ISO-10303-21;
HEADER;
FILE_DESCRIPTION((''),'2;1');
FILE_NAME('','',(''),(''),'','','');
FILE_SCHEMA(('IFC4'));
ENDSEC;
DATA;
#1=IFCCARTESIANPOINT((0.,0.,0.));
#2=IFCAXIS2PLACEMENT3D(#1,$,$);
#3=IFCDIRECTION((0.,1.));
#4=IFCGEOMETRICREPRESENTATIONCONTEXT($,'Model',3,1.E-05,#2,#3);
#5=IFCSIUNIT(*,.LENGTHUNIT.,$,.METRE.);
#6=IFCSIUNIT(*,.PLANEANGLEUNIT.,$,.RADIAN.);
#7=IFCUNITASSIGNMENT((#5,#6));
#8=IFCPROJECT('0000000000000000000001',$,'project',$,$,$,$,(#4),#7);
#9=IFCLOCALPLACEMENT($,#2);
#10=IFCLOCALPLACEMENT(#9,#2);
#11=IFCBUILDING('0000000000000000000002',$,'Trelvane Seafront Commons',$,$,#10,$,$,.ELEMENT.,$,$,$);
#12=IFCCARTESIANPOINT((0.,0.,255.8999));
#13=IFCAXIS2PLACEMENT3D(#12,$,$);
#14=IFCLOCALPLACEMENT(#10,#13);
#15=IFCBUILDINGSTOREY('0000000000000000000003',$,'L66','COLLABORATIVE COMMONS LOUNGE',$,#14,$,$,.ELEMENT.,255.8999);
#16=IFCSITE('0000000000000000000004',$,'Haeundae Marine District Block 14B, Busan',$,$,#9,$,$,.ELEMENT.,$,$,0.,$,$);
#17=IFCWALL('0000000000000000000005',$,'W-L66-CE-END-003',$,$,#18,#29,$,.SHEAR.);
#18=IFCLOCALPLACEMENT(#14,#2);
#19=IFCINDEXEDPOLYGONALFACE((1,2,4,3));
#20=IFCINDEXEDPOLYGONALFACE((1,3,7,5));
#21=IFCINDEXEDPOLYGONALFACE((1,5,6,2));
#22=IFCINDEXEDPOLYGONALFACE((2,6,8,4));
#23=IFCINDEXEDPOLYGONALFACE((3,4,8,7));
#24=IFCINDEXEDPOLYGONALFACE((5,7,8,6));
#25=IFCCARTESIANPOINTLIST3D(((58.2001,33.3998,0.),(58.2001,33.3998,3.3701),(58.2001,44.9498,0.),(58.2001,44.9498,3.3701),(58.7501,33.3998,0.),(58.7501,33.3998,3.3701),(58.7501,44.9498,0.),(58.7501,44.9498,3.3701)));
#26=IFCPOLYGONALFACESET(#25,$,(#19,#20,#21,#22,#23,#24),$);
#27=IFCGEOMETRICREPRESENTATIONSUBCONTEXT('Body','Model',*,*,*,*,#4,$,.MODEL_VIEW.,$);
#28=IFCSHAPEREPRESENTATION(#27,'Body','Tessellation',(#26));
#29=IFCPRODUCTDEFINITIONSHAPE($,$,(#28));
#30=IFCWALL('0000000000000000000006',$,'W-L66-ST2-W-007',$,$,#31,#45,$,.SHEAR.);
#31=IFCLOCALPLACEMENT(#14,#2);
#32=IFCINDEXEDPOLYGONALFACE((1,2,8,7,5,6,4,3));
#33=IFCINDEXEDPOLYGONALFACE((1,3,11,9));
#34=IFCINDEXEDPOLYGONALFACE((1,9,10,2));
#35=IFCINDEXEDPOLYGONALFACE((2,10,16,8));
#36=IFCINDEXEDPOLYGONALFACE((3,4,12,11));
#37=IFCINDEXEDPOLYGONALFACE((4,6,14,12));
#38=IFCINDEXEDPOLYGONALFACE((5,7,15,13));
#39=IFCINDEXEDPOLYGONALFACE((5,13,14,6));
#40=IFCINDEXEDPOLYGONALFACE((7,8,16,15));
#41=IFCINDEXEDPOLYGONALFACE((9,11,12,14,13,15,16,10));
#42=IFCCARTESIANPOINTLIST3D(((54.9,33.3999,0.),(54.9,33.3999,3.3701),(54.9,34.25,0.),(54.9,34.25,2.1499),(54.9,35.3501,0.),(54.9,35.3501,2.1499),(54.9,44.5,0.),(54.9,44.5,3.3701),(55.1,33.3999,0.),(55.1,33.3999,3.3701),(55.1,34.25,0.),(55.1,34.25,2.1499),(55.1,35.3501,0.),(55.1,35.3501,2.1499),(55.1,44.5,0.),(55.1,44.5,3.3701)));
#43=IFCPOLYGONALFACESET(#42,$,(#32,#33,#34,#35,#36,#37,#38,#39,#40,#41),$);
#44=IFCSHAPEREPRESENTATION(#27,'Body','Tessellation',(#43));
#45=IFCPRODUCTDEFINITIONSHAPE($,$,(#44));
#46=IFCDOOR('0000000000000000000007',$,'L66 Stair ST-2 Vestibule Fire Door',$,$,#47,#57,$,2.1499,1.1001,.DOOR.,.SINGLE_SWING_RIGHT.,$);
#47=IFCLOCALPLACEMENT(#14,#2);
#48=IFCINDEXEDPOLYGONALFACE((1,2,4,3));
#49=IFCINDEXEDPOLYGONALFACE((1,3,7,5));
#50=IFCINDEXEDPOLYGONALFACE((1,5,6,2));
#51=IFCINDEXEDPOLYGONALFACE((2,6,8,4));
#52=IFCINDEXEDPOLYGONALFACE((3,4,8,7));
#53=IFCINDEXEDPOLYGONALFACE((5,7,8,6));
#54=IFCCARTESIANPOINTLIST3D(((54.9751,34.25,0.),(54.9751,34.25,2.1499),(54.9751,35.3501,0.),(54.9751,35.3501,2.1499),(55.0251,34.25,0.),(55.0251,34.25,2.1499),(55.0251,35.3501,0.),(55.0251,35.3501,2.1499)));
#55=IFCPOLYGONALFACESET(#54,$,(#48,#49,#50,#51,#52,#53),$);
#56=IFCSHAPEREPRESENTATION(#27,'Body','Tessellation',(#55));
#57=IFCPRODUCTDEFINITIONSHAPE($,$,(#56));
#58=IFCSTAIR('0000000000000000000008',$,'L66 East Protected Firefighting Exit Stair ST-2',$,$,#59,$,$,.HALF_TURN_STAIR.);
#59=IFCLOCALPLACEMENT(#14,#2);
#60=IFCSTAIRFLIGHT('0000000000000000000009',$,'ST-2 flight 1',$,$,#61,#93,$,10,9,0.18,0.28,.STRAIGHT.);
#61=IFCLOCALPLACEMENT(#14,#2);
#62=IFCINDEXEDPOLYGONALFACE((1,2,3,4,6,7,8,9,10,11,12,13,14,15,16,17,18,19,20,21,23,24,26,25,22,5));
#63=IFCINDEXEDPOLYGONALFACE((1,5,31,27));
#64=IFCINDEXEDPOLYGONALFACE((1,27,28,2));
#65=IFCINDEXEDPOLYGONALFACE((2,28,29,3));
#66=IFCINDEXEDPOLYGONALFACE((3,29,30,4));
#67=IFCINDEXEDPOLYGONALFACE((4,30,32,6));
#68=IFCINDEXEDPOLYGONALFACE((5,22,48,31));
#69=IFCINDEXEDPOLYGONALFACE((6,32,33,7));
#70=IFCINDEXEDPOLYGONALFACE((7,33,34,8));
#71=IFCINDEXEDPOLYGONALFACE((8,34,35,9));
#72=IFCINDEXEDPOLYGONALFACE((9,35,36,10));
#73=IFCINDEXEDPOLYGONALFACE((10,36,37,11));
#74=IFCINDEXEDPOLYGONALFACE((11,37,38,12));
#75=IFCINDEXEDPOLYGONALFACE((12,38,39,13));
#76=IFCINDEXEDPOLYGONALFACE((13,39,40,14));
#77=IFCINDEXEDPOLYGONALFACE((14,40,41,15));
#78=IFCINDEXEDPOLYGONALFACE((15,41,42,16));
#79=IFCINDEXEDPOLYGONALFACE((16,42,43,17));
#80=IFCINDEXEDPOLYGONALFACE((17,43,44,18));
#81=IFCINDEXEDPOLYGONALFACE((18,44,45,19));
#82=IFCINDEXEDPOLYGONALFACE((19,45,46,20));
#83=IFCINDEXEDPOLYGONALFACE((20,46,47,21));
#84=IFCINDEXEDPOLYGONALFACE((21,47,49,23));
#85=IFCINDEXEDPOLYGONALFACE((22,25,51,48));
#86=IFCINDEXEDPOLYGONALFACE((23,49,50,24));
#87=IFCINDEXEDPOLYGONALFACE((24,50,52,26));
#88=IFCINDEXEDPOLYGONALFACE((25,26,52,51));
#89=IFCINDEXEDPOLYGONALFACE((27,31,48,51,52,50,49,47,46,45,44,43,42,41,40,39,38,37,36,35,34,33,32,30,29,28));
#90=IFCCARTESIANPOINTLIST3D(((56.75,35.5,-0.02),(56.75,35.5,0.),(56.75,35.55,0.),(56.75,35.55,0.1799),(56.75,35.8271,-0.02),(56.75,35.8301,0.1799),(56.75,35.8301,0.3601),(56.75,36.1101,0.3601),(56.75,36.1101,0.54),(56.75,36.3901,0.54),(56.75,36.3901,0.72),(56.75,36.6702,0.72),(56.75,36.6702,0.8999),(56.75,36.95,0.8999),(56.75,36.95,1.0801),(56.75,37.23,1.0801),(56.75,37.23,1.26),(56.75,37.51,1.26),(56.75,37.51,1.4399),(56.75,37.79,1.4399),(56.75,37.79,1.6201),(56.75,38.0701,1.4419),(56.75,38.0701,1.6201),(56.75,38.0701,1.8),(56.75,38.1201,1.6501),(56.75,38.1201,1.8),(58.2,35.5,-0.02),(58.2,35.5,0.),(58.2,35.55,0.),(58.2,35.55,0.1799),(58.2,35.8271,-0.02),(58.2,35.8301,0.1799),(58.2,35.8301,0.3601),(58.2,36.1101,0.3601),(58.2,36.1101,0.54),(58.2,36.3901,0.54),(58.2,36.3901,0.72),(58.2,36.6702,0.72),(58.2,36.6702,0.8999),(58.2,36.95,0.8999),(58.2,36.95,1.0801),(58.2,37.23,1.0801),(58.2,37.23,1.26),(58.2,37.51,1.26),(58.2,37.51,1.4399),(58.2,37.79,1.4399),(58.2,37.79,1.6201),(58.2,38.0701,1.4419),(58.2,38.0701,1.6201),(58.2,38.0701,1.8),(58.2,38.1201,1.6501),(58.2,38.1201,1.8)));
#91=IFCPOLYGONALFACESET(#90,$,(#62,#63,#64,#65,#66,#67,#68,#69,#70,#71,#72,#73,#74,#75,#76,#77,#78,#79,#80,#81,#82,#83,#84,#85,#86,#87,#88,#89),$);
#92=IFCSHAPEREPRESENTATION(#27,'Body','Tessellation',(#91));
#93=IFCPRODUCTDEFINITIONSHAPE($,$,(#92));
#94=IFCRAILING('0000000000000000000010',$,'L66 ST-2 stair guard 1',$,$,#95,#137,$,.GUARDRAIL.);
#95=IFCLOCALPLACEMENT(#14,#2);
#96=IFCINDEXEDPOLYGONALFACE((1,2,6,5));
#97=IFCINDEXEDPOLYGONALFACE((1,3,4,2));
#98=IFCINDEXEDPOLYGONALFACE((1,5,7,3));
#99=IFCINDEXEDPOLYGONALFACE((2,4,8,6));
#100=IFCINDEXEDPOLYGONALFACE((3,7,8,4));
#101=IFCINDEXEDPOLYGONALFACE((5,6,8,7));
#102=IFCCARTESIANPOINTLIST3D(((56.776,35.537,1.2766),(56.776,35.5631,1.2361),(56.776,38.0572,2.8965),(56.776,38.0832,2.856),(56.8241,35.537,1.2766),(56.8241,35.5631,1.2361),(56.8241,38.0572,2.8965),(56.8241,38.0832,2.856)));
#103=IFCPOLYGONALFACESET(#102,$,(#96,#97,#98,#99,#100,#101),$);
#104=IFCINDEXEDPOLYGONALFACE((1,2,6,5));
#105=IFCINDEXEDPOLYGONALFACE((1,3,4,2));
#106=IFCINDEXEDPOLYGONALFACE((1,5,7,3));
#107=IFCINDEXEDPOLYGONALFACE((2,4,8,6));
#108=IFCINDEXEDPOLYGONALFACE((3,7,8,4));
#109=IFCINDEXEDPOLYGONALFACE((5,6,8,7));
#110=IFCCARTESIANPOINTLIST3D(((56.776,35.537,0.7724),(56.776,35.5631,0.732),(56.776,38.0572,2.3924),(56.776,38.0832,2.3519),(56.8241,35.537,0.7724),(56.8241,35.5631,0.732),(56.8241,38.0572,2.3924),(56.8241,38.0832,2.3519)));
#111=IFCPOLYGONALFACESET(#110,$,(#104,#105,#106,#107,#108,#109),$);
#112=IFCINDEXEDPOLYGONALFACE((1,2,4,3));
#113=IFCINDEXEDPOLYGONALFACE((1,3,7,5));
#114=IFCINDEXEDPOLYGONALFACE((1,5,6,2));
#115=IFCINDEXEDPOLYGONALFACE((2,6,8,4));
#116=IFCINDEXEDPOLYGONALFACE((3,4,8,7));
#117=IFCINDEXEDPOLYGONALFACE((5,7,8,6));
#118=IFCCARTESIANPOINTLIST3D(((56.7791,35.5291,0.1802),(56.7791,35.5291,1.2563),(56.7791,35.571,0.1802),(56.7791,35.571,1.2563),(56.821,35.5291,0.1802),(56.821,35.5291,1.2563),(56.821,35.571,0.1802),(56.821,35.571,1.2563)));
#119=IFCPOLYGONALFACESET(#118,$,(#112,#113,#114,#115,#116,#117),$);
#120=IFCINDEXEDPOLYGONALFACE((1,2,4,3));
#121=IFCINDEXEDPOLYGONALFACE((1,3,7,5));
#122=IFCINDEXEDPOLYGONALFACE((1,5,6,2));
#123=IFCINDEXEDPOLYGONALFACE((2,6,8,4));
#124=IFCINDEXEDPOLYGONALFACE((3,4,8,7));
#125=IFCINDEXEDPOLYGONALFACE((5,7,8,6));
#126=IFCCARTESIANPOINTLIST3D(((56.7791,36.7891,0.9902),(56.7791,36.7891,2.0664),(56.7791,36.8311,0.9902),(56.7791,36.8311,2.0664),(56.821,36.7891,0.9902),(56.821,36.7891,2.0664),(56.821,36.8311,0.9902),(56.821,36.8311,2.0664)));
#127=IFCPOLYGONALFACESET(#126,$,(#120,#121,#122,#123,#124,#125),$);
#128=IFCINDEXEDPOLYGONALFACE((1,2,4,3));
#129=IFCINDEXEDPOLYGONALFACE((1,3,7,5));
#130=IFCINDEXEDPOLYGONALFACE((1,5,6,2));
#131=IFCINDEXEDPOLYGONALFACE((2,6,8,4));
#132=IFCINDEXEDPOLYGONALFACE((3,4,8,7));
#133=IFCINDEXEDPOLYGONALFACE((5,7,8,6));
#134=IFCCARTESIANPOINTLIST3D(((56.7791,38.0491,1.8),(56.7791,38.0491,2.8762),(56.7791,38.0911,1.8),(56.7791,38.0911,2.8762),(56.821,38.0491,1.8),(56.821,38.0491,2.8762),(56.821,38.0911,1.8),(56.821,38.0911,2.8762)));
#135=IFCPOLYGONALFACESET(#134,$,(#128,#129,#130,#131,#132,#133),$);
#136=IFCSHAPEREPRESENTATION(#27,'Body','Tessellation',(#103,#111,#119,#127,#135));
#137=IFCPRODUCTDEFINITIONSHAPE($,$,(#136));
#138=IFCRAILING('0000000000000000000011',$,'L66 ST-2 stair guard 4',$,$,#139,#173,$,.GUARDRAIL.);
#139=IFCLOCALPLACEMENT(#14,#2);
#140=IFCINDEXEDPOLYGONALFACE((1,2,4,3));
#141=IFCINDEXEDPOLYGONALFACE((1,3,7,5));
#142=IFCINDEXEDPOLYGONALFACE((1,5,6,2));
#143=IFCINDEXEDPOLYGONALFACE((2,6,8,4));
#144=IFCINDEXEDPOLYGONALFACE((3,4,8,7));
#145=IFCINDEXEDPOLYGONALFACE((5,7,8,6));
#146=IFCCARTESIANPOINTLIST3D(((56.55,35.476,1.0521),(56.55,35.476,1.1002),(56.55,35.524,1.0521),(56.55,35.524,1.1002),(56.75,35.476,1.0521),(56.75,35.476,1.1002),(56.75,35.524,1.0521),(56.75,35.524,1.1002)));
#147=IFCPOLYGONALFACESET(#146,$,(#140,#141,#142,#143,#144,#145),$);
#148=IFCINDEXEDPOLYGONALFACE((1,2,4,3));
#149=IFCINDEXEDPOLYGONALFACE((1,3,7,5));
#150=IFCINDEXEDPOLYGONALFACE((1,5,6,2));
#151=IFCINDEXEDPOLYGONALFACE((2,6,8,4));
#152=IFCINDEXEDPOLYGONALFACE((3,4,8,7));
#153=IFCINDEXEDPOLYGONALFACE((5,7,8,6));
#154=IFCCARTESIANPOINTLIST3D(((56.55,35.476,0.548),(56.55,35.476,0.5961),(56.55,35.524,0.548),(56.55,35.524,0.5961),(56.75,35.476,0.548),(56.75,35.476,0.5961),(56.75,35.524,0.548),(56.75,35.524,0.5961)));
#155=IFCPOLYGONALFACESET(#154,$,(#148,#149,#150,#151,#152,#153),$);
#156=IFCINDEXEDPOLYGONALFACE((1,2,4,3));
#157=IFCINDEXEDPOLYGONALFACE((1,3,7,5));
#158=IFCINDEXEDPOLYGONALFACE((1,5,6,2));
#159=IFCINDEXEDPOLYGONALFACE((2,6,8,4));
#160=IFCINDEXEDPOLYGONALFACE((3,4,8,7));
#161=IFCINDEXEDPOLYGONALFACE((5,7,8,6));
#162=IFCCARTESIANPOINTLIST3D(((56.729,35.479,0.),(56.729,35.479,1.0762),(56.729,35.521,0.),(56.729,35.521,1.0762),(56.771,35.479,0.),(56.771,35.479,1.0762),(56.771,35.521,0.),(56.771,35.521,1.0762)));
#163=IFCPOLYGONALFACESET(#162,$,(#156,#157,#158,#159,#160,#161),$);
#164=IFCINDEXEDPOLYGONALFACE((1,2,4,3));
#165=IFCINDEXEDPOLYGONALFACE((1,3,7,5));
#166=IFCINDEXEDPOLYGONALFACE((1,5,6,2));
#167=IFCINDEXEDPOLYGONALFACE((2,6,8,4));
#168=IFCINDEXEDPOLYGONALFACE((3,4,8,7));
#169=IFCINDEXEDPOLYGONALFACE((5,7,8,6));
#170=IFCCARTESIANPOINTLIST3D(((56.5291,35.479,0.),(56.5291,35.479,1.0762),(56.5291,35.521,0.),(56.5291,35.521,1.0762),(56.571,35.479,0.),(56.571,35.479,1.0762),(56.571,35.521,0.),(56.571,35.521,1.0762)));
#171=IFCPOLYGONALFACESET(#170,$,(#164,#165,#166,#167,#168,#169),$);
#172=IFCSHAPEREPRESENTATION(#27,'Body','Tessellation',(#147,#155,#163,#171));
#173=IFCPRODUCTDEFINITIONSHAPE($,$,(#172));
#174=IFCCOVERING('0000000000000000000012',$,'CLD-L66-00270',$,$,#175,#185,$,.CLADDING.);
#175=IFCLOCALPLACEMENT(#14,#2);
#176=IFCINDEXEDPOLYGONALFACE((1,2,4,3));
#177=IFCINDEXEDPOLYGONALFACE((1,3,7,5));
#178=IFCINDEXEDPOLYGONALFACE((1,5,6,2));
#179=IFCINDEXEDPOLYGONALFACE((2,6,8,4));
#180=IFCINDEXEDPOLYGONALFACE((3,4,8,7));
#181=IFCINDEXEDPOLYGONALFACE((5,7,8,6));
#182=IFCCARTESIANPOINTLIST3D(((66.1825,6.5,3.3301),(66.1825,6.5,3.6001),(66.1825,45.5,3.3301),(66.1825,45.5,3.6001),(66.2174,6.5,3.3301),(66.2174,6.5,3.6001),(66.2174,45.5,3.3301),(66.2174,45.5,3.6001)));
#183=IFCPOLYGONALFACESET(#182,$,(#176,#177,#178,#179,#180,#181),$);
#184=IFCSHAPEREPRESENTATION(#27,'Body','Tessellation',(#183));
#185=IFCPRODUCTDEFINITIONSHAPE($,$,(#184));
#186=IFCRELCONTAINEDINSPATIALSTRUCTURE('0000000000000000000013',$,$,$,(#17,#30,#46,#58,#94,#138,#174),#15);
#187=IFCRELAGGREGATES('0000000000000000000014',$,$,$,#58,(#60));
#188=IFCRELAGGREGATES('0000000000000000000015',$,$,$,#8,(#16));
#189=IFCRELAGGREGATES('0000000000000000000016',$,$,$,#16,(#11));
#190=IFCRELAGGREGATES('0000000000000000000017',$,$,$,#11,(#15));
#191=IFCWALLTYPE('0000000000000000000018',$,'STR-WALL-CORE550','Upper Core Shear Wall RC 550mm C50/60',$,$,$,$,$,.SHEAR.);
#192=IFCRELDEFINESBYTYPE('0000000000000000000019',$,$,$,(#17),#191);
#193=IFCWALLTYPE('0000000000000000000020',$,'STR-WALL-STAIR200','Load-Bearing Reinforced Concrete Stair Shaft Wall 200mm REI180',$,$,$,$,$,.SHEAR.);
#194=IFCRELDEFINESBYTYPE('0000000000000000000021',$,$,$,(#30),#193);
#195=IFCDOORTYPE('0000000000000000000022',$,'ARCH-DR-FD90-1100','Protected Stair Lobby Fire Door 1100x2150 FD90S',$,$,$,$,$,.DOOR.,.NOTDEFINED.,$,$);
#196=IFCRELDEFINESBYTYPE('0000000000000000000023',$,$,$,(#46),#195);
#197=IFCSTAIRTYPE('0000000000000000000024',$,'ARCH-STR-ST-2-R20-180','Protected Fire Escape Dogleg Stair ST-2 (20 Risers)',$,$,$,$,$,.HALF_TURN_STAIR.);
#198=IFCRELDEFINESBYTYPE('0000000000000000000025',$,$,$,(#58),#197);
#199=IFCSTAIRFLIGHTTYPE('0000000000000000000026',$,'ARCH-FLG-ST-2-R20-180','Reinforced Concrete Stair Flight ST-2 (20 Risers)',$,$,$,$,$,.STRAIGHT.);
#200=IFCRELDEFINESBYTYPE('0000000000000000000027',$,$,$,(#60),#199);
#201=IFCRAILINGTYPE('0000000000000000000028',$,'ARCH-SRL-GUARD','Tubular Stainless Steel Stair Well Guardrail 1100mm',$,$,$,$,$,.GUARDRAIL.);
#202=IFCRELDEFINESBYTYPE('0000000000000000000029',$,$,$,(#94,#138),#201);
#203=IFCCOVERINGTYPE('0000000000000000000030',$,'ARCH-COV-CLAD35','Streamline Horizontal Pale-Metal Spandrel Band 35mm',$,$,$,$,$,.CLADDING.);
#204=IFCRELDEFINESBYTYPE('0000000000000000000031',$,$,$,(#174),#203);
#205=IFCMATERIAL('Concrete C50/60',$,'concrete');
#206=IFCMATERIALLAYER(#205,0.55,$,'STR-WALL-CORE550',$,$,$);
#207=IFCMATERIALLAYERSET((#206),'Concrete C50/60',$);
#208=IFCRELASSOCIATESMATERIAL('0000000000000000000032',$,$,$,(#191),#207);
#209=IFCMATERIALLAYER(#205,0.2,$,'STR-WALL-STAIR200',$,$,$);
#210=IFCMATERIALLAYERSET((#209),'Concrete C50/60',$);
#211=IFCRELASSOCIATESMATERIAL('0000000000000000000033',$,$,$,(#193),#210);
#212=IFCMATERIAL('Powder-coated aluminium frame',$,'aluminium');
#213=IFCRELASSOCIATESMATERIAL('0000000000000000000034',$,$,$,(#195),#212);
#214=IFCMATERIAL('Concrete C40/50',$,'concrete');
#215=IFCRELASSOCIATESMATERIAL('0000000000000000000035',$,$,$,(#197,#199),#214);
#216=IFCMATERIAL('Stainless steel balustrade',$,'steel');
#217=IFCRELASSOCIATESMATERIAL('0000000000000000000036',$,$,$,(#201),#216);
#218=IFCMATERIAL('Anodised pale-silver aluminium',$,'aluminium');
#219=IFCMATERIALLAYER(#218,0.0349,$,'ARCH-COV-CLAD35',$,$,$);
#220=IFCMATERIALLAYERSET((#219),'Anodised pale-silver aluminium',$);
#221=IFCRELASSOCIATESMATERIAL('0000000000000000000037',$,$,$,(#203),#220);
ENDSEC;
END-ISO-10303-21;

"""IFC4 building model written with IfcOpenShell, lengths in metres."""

from ifc_helpers import new_model, si_unit, direction, frame, frame_2d, origin, origin_2d, place, context, subcontext, project, spatial, polyline, rectangle, outline, extrude, source, transform, mapped, material, layer, layer_set, type_object, element, fill, aggregate, save


model = new_model("IFC4")

# Units and contexts
model_context = context("Model", 3, precision=1e-05, world=origin(), true_north=direction((0.0, 1.0)))
body_context = subcontext(model_context, "Body", "Model", "MODEL_VIEW")
ifc_project = project(units=[si_unit("LENGTHUNIT", "METRE"), si_unit("PLANEANGLEUNIT", "RADIAN")], contexts=[model_context])

# Site, building, storey
site_placement = place(None, origin())
site = spatial("IfcSite", under=ifc_project, at=site_placement, Name="Haeundae Marine District Block 14B, Busan", CompositionType="ELEMENT", RefElevation=0.0)
building_placement = place(site_placement, origin())
building = spatial("IfcBuilding", under=site, at=building_placement, Name="Trelvane Seafront Commons", CompositionType="ELEMENT")
storey_placement = place(building_placement, frame((0.0, 0.0, 255.8999)))
storey = spatial("IfcBuildingStorey", under=building, at=storey_placement, Name="L66", Description="COLLABORATIVE COMMONS LOUNGE", CompositionType="ELEMENT", Elevation=255.8999)

# Shared definitions
ifc_material_1 = material(Name="Concrete C50/60", Category="concrete")

# Shared definitions
ifc_material_2 = material(Name="Anodised pale-silver aluminium", Category="aluminium")

# Shared definitions
ifc_material_3 = material(Name="Powder-coated aluminium frame", Category="aluminium")

# Wall
ifc_layer_1 = layer(ifc_material_1, 0.55, Name="STR-WALL-CORE550")
ifc_layer_set_1 = layer_set([ifc_layer_1], Name="Concrete C50/60")
wall_type_1 = type_object("IfcWallType", Name="STR-WALL-CORE550", Description="Upper Core Shear Wall RC 550mm C50/60", PredefinedType="SHEAR", material=ifc_layer_set_1)
wall_1_placement = place(storey_placement, frame((58.4751, 33.3999, 0.0), z_axis=(0.0, 0.0, 1.0), x_axis=(0.0, 1.0, 0.0)))
element("IfcWall", 1, at=wall_1_placement, inside=storey, type_object=wall_type_1, Name="W-L66-CE-END-003", PredefinedType="SHEAR", context=body_context, shape_type="SweptSolid", body=[
    extrude(rectangle(XDim=11.55, YDim=0.55, at=frame_2d((5.7749, 0.0))), origin(), (0.0, 0.0, 1.0), 3.3701),
])

# Wall, opening, door
ifc_layer_2 = layer(ifc_material_1, 0.2, Name="STR-WALL-STAIR200")
ifc_layer_set_2 = layer_set([ifc_layer_2], Name="Concrete C50/60")
wall_type_2 = type_object("IfcWallType", Name="STR-WALL-STAIR200", Description="Load-Bearing Reinforced Concrete Stair Shaft Wall 200mm REI180", PredefinedType="SHEAR", material=ifc_layer_set_2)
wall_2_placement = place(storey_placement, frame((55.0, 33.3999, 0.0), z_axis=(0.0, 0.0, 1.0), x_axis=(0.0, 1.0, 0.0)))
wall_2 = element("IfcWall", 2, at=wall_2_placement, inside=storey, type_object=wall_type_2, Name="W-L66-ST2-W-007", PredefinedType="SHEAR", context=body_context, shape_type="SweptSolid", body=[
    extrude(rectangle(XDim=11.1001, YDim=0.2, at=frame_2d((5.55, 0.0))), origin(), (0.0, 0.0, 1.0), 3.3701),
])
opening_1_placement = place(wall_2_placement, frame((0.8501, 0.0, 0.0)))
opening_1 = element("IfcOpeningElement", 3, at=opening_1_placement, cuts=wall_2, PredefinedType="OPENING", context=body_context, shape_type="SweptSolid", body=[
    extrude(rectangle(XDim=1.1001, YDim=2.1499, at=frame_2d((0.55, 1.075))), frame((0.0, 0.1099, 0.0), z_axis=(0.0, -1.0, 0.0), x_axis=(1.0, 0.0, 0.0)), (0.0, 0.0, 1.0), 0.22),
])
door_type_1 = type_object("IfcDoorType", Name="ARCH-DR-FD90-1100", Description="Protected Stair Lobby Fire Door 1100x2150 FD90S", OperationType="NOTDEFINED", PredefinedType="DOOR", material=ifc_material_3)
shared_shape_1 = source(origin(), body_context, "Body", "SweptSolid", [
    extrude(rectangle(XDim=1.1001, YDim=2.1499, at=frame_2d((0.55, 1.075))), frame((0.0, 0.0249, 0.0), z_axis=(0.0, -1.0, 0.0), x_axis=(1.0, 0.0, 0.0)), (0.0, 0.0, 1.0), 0.05),
])
door_1_placement = place(opening_1_placement, origin())
door_1 = element("IfcDoor", 4, at=door_1_placement, inside=storey, type_object=door_type_1, Name="L66 Stair ST-2 Vestibule Fire Door", OperationType="SINGLE_SWING_RIGHT", OverallHeight=2.1499, OverallWidth=1.1001, PredefinedType="DOOR", context=body_context, shape_type="MappedRepresentation", body=[
    mapped(shared_shape_1, transform((0.0, 0.0, 0.0), x_axis=(1.0, 0.0, 0.0), y_axis=(0.0, 1.0, 0.0), z_axis=(0.0, 0.0, 1.0), scale=1.0)),
])
fill(opening_1, door_1)

# Stair, stair flight
ifc_material_4 = material(Name="Concrete C40/50", Category="concrete")
stair_type = type_object("IfcStairType", Name="ARCH-STR-ST-2-R20-180", Description="Protected Fire Escape Dogleg Stair ST-2 (20 Risers)", PredefinedType="HALF_TURN_STAIR", material=ifc_material_4)
stair_placement = place(storey_placement, origin())
stair = element("IfcStair", 5, at=stair_placement, inside=storey, type_object=stair_type, Name="L66 East Protected Firefighting Exit Stair ST-2", PredefinedType="HALF_TURN_STAIR")
stair_flight_type = type_object("IfcStairFlightType", Name="ARCH-FLG-ST-2-R20-180", Description="Reinforced Concrete Stair Flight ST-2 (20 Risers)", PredefinedType="STRAIGHT", material=ifc_material_4)
shared_shape_2 = source(origin(), body_context, "Body", "SweptSolid", [
    extrude(outline(polyline([(-0.05, -0.02), (-0.05, 0.0), (0.0, 0.0), (0.0, 0.1799), (0.28, 0.1799), (0.28, 0.3601), (0.5601, 0.3601), (0.5601, 0.54), (0.8401, 0.54), (0.8401, 0.72), (1.1201, 0.72), (1.1201, 0.8999), (1.3999, 0.8999), (1.3999, 1.0801), (1.6799, 1.0801), (1.6799, 1.26), (1.96, 1.26), (1.96, 1.4399), (2.24, 1.4399), (2.24, 1.6201), (2.52, 1.6201), (2.52, 1.8), (2.5701, 1.8), (2.5701, 1.6501), (2.52, 1.4419), (0.2771, -0.02), (-0.05, -0.02)])), frame((0.0, 0.7251, 0.0), z_axis=(0.0, -1.0, 0.0), x_axis=(1.0, 0.0, 0.0)), (0.0, 0.0, 1.0), 1.45),
])
stair_flight_placement = place(storey_placement, frame((57.4751, 35.55, 0.0), z_axis=(0.0, 0.0, 1.0), x_axis=(0.0, 1.0, 0.0)))
stair_flight = element("IfcStairFlight", 6, at=stair_flight_placement, type_object=stair_flight_type, Name="ST-2 flight 1", NumberOfRisers=10, NumberOfTreads=9, PredefinedType="STRAIGHT", RiserHeight=0.18, TreadLength=0.28, context=body_context, shape_type="MappedRepresentation", body=[
    mapped(shared_shape_2, transform((0.0, 0.0, 0.0), x_axis=(1.0, 0.0, 0.0), y_axis=(0.0, 1.0, 0.0), z_axis=(0.0, 0.0, 1.0), scale=1.0)),
])
aggregate(stair, [stair_flight])

# Railings
ifc_material_5 = material(Name="Stainless steel balustrade", Category="steel")
railing_type = type_object("IfcRailingType", Name="ARCH-SRL-GUARD", Description="Tubular Stainless Steel Stair Well Guardrail 1100mm", PredefinedType="GUARDRAIL", material=ifc_material_5)
railing_1_placement = place(storey_placement, frame((56.8, 35.55, 0.1802)))
element("IfcRailing", 7, at=railing_1_placement, inside=storey, type_object=railing_type, Name="L66 ST-2 stair guard 1", PredefinedType="GUARDRAIL", context=body_context, shape_type="SweptSolid", body=[
    extrude(rectangle(XDim=0.0481, YDim=0.0481, at=origin_2d()), frame((0.0, 0.0, 1.0762), z_axis=(0.0, 0.8412, 0.540725), x_axis=(-1.0, 0.0, 0.0)), (0.0, 0.0, 1.0), 2.9958),
    extrude(rectangle(XDim=0.0481, YDim=0.0481, at=origin_2d()), frame((0.0, 0.0, 0.572), z_axis=(0.0, 0.8412, 0.540725), x_axis=(-1.0, 0.0, 0.0)), (0.0, 0.0, 1.0), 2.9958),
    extrude(rectangle(XDim=0.042, YDim=0.042, at=origin_2d()), origin(), (0.0, 0.0, 1.0), 1.0762),
    extrude(rectangle(XDim=0.042, YDim=0.042, at=origin_2d()), frame((0.0, 1.26, 0.8101)), (0.0, 0.0, 1.0), 1.0762),
    extrude(rectangle(XDim=0.042, YDim=0.042, at=origin_2d()), frame((0.0, 2.52, 1.6199)), (0.0, 0.0, 1.0), 1.0762),
])
railing_2_placement = place(storey_placement, frame((56.75, 35.5, 0.0)))
element("IfcRailing", 8, at=railing_2_placement, inside=storey, type_object=railing_type, Name="L66 ST-2 stair guard 4", PredefinedType="GUARDRAIL", context=body_context, shape_type="SweptSolid", body=[
    extrude(rectangle(XDim=0.0481, YDim=0.0481, at=origin_2d()), frame((0.0, 0.0, 1.0762), z_axis=(-1.0, 0.0, 0.0), x_axis=(0.0, -1.0, 0.0)), (0.0, 0.0, 1.0), 0.2),
    extrude(rectangle(XDim=0.0481, YDim=0.0481, at=origin_2d()), frame((0.0, 0.0, 0.572), z_axis=(-1.0, 0.0, 0.0), x_axis=(0.0, -1.0, 0.0)), (0.0, 0.0, 1.0), 0.2),
    extrude(rectangle(XDim=0.042, YDim=0.042, at=origin_2d()), origin(), (0.0, 0.0, 1.0), 1.0762),
    extrude(rectangle(XDim=0.042, YDim=0.042, at=origin_2d()), frame((-0.2, 0.0, 0.0)), (0.0, 0.0, 1.0), 1.0762),
])

# Covering
ifc_layer_3 = layer(ifc_material_2, 0.0349, Name="ARCH-COV-CLAD35")
ifc_layer_set_3 = layer_set([ifc_layer_3], Name="Anodised pale-silver aluminium")
covering_type = type_object("IfcCoveringType", Name="ARCH-COV-CLAD35", Description="Streamline Horizontal Pale-Metal Spandrel Band 35mm", PredefinedType="CLADDING", material=ifc_layer_set_3)
shared_shape_3 = source(origin(), body_context, "Body", "SweptSolid", [
    extrude(rectangle(XDim=39.0, YDim=0.0349, at=origin_2d()), origin(), (0.0, 0.0, 1.0), 0.27),
])
covering_placement = place(storey_placement, frame((66.2, 26.0, 3.3301), z_axis=(0.0, 0.0, 1.0), x_axis=(0.0, -1.0, 0.0)))
element("IfcCovering", 9, at=covering_placement, inside=storey, type_object=covering_type, Name="CLD-L66-00270", PredefinedType="CLADDING", context=body_context, shape_type="MappedRepresentation", body=[
    mapped(shared_shape_3, transform((0.0, 0.0, 0.0), x_axis=(1.0, 0.0, 0.0), y_axis=(0.0, 1.0, 0.0), z_axis=(0.0, 0.0, 1.0), scale=1.0)),
])

save(model, "model.ifc")
